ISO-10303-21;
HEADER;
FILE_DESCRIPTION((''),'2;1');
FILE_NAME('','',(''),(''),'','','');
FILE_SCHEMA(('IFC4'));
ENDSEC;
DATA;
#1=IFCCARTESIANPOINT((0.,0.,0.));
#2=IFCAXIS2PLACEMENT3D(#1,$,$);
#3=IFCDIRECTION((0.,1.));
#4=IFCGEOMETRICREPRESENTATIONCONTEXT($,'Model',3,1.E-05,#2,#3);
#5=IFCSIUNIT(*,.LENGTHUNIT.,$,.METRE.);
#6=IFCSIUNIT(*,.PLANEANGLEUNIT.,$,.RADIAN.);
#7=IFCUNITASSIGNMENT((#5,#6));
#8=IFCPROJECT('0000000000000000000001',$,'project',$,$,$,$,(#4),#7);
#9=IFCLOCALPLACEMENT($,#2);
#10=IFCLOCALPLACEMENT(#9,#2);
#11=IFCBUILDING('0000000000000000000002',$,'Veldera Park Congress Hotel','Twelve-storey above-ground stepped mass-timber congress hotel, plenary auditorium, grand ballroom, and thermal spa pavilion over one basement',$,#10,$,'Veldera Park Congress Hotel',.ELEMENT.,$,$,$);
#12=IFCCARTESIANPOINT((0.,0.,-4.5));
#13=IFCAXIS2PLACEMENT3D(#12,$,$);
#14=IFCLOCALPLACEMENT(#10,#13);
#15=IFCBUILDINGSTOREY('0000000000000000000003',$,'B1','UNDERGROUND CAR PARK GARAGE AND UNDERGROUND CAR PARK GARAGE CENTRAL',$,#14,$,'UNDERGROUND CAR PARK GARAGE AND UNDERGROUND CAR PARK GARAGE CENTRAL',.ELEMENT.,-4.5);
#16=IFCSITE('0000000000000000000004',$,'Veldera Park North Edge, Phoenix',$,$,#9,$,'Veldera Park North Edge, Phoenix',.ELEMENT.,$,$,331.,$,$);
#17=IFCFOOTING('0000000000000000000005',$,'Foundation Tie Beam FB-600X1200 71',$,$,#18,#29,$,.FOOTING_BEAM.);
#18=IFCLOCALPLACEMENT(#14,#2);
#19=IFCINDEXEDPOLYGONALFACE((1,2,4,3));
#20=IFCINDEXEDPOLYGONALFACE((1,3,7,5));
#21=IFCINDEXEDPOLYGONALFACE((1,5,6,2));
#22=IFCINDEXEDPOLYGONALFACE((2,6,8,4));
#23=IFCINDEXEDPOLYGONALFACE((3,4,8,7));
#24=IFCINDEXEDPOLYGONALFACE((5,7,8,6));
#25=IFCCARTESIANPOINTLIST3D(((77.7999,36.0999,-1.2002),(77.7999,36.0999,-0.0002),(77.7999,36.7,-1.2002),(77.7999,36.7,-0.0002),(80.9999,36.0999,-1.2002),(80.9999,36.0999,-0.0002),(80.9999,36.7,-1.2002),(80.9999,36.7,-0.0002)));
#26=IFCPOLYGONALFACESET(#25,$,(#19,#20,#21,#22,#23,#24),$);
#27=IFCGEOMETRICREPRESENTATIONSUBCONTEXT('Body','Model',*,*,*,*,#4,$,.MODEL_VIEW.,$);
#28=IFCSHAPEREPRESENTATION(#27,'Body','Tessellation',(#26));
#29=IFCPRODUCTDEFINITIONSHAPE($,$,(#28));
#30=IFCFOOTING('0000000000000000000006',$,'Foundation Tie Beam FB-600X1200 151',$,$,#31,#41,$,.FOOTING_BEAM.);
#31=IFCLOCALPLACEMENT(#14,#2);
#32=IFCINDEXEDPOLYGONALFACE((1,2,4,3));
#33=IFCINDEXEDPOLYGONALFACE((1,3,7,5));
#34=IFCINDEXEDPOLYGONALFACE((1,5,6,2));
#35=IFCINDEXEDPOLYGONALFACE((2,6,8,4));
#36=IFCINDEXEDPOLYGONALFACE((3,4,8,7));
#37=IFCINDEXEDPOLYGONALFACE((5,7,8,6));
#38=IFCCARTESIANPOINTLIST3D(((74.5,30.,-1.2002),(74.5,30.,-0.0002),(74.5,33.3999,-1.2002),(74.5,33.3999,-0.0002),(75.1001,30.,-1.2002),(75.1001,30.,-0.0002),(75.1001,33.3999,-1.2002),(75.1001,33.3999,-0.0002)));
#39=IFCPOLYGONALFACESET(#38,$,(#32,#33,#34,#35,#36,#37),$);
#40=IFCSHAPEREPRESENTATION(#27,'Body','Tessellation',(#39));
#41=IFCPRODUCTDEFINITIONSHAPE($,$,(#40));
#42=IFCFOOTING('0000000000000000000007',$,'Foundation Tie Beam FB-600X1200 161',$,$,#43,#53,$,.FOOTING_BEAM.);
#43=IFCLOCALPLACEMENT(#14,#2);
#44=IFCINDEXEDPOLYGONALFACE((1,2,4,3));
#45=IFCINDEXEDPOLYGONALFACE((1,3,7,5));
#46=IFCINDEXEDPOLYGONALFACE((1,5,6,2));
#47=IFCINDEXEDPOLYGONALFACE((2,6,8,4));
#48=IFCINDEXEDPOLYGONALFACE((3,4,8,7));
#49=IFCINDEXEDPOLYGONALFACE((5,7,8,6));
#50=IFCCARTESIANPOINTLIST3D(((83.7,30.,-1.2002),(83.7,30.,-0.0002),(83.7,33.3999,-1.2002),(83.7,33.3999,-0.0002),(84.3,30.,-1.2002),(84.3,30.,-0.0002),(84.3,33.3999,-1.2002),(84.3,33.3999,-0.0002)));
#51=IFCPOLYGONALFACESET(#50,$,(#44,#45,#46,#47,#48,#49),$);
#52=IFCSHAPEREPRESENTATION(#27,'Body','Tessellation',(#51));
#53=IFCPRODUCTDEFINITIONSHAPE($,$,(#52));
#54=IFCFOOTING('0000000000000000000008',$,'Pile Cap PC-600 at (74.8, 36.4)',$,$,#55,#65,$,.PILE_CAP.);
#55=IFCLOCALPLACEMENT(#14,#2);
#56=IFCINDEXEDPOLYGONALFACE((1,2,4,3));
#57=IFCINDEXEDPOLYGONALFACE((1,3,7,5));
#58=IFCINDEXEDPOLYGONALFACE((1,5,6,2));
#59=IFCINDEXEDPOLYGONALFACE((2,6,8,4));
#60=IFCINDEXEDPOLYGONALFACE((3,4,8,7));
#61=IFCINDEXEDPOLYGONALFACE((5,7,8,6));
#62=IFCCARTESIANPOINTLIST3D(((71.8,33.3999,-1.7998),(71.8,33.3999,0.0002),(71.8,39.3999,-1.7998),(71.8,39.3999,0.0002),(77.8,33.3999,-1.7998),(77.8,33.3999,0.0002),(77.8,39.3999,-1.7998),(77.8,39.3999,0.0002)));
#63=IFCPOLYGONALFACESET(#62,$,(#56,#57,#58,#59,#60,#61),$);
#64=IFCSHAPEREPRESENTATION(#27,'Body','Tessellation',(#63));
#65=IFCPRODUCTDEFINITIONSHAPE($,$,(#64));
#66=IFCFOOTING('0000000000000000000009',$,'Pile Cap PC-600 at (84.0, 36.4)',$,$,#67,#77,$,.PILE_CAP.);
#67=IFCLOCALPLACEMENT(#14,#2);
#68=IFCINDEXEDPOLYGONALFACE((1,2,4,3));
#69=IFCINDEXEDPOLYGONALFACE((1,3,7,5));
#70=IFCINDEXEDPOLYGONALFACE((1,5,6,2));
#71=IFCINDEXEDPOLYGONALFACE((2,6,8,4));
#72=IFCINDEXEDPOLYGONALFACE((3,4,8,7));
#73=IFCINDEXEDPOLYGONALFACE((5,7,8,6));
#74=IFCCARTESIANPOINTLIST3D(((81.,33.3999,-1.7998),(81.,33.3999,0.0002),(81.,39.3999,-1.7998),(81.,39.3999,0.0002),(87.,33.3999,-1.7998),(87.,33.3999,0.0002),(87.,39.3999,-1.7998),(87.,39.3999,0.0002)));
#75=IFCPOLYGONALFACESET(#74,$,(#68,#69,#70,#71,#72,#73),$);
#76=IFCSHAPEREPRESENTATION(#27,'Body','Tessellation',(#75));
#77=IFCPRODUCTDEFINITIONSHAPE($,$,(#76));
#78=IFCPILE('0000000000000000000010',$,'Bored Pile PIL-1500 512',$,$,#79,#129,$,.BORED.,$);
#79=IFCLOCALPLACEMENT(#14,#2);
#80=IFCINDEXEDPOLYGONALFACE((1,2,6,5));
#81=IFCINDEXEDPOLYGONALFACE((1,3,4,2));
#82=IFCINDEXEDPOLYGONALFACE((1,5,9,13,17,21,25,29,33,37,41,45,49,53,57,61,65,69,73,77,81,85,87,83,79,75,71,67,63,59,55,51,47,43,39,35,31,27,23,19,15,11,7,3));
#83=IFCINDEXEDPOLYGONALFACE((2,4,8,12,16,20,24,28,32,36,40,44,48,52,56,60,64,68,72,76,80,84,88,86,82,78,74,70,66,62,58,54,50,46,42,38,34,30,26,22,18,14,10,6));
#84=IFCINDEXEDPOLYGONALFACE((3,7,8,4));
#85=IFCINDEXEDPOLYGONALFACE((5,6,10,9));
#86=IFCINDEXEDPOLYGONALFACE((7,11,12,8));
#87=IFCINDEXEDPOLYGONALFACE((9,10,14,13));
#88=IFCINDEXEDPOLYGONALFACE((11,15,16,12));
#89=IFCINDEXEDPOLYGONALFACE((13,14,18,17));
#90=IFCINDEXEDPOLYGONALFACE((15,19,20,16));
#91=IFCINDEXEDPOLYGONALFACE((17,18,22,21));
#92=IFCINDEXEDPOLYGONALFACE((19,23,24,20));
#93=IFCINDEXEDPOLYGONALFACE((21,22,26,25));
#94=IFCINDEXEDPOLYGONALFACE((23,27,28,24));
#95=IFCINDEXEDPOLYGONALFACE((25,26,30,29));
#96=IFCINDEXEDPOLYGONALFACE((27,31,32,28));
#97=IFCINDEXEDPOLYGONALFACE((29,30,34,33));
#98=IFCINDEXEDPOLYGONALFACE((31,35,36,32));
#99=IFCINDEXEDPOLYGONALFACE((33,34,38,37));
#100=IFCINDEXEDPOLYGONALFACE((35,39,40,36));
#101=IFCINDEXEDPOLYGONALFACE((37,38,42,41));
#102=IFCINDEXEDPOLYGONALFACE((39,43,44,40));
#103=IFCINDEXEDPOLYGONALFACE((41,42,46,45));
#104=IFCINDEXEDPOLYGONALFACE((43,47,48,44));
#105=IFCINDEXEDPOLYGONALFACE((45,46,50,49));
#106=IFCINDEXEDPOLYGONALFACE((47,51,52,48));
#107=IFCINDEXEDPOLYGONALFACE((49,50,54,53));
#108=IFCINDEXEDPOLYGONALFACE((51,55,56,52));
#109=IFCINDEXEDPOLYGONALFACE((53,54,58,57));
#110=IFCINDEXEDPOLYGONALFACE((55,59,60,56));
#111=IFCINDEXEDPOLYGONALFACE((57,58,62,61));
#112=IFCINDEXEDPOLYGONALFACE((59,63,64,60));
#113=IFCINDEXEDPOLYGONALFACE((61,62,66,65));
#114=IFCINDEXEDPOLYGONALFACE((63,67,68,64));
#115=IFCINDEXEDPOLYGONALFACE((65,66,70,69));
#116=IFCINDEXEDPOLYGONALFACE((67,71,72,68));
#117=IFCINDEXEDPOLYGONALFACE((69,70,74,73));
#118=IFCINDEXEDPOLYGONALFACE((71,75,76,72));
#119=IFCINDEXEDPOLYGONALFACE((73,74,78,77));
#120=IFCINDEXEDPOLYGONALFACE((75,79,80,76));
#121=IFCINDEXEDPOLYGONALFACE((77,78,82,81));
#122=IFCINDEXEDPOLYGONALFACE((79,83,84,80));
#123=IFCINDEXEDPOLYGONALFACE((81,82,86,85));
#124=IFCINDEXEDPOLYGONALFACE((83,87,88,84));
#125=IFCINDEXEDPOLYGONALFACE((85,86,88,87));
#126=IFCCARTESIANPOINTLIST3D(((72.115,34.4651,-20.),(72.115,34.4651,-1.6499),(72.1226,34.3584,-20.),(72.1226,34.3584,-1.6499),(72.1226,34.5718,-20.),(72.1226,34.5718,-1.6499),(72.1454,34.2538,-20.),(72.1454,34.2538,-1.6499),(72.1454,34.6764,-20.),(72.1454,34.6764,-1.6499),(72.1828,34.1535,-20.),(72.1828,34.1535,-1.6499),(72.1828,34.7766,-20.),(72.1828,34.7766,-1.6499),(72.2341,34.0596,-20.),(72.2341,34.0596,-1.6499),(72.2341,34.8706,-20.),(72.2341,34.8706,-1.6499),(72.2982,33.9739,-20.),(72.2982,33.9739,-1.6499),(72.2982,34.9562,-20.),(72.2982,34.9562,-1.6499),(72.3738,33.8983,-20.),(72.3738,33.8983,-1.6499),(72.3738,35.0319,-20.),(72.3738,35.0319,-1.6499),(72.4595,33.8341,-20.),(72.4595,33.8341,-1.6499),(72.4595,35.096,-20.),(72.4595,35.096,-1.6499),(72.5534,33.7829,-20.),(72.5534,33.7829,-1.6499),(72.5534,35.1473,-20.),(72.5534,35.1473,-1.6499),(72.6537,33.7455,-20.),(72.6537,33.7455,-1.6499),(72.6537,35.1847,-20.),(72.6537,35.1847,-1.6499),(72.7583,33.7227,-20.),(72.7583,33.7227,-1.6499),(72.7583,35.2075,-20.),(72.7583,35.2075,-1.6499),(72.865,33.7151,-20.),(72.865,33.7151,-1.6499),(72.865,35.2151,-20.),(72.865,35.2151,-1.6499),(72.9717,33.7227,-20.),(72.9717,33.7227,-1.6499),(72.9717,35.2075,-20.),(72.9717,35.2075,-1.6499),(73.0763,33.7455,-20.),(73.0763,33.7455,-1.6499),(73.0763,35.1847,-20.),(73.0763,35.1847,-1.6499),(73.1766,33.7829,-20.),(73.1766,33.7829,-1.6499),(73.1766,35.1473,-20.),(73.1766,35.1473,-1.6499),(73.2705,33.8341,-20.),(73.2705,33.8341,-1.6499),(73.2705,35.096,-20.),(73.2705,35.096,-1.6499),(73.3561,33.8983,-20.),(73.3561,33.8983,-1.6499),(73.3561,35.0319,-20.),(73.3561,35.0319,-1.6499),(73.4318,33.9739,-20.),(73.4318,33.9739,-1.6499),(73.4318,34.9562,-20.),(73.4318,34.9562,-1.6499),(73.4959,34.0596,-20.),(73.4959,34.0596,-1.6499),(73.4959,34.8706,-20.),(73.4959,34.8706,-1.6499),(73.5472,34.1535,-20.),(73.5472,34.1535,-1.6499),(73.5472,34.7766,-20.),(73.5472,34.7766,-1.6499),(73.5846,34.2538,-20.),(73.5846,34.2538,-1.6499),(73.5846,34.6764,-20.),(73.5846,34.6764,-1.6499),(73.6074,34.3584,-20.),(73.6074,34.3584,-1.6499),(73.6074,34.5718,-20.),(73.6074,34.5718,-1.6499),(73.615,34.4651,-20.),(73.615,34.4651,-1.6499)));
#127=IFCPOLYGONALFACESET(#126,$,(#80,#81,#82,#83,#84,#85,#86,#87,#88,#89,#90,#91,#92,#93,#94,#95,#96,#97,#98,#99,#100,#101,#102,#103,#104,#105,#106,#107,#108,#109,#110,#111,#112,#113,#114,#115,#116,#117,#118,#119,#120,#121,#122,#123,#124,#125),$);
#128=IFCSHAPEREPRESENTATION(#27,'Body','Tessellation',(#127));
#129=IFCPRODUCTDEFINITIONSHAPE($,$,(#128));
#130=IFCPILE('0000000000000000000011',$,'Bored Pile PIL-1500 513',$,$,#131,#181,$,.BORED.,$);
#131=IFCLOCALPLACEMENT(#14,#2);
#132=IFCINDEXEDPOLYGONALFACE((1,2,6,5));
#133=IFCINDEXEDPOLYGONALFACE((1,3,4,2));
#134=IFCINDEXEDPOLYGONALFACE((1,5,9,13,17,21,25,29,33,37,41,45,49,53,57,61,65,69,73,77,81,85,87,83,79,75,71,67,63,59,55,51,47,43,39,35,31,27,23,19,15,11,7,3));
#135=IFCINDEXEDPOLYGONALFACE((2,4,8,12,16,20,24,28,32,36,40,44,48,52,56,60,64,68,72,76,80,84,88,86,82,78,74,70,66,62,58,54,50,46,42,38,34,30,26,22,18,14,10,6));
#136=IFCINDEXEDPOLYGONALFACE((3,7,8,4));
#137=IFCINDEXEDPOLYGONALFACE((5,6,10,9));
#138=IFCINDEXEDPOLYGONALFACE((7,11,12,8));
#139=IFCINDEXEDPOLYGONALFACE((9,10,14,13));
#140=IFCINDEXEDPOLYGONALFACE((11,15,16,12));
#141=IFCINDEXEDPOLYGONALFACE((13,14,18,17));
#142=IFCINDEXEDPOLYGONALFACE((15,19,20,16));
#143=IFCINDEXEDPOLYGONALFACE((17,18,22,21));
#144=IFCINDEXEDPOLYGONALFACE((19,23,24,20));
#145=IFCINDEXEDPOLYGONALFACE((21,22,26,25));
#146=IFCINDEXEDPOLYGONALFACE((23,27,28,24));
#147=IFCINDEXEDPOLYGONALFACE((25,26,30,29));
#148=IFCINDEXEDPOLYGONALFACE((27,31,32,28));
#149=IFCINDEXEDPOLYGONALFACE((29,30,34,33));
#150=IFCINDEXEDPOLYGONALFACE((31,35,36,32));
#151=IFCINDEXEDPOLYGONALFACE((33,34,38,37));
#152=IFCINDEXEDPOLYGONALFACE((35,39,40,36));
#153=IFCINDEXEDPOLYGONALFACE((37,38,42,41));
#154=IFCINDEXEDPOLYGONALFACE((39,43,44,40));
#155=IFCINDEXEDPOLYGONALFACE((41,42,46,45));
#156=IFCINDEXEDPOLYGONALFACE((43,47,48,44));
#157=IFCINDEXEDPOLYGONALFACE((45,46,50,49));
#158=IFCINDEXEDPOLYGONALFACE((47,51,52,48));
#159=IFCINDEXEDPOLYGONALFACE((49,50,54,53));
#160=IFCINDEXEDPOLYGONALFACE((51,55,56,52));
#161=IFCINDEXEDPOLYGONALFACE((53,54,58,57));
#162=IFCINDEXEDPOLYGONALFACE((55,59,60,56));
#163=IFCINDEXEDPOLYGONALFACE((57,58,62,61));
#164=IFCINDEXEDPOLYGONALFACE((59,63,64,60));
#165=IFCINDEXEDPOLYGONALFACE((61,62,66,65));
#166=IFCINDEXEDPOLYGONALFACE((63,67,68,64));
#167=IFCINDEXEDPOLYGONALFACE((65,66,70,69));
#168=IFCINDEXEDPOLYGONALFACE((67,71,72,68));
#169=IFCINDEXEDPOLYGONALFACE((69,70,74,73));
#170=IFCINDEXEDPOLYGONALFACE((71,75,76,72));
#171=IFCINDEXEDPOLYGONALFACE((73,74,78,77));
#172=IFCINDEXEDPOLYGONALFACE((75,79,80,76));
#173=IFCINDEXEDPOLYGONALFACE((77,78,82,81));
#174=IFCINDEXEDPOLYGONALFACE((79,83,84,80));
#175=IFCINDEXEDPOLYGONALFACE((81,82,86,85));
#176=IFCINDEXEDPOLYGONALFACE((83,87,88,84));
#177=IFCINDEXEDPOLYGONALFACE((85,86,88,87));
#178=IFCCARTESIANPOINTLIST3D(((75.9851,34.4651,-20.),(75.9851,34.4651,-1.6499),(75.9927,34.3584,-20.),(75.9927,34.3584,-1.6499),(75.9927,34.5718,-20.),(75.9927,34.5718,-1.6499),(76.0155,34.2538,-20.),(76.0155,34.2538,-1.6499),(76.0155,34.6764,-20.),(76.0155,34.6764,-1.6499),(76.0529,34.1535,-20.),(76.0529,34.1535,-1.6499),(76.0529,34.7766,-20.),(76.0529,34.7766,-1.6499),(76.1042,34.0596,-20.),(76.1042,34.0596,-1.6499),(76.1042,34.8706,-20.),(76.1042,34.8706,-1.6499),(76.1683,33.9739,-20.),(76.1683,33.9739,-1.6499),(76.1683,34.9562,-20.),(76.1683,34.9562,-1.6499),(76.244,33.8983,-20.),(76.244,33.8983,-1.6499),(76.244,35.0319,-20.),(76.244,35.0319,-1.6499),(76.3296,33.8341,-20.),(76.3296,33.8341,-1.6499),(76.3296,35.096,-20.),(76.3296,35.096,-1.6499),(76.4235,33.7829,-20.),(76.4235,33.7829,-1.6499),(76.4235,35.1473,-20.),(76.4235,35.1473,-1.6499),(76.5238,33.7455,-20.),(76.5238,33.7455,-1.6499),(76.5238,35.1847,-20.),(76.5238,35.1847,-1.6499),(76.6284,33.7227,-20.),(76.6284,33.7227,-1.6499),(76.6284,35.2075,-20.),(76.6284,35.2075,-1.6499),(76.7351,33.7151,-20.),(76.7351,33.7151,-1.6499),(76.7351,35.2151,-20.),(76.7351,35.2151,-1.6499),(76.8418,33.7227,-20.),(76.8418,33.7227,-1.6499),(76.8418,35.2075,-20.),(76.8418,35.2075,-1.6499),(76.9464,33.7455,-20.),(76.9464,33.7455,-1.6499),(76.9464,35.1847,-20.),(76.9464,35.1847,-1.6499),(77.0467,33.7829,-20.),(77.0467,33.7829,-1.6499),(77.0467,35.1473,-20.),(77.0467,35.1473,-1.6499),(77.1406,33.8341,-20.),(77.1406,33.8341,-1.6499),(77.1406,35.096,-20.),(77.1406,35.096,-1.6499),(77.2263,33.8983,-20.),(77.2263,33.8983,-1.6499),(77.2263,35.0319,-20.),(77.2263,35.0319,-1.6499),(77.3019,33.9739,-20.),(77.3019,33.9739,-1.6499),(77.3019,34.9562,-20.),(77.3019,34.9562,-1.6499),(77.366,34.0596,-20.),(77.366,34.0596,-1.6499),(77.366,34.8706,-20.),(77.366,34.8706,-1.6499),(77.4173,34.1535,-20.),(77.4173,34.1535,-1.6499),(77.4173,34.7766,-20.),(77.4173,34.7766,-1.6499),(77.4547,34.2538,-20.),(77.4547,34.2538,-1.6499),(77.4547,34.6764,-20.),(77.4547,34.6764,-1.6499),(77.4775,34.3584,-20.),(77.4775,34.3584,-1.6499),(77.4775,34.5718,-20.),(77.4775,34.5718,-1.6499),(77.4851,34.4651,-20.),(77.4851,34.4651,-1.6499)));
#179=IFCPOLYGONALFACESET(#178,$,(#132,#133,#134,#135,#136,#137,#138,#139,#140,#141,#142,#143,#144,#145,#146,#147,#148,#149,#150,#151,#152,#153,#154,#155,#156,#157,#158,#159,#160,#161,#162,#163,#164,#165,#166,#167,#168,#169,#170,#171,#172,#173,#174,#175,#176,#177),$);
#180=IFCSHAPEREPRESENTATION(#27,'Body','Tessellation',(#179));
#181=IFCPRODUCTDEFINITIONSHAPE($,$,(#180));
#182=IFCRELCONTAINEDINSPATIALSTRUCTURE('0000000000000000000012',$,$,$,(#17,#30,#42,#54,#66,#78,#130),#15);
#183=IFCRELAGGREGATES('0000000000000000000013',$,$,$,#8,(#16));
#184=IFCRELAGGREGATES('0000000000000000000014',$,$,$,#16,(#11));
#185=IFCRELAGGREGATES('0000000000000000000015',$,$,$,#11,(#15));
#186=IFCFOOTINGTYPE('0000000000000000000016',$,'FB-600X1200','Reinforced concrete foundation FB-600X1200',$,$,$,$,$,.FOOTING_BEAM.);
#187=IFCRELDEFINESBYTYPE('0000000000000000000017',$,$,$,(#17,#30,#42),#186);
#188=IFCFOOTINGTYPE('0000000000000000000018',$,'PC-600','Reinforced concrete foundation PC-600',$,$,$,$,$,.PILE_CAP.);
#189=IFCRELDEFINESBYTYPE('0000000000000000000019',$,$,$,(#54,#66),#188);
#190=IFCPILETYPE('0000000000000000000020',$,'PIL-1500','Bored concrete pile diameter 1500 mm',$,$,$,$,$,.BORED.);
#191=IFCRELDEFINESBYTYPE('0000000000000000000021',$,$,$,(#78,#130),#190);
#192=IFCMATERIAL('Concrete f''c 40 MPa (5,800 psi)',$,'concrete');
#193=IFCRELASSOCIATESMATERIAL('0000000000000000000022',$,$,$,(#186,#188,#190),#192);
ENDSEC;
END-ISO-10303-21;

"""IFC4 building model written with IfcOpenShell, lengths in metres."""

from ifc_helpers import new_model, si_unit, direction, frame, origin, origin_2d, place, context, subcontext, project, spatial, rectangle, circle, extrude, material, material_profile, profile_set, type_object, element, save


model = new_model("IFC4")

# Units and contexts
model_context = context("Model", 3, precision=1e-05, world=origin(), true_north=direction((0.0, 1.0)))
body_context = subcontext(model_context, "Body", "Model", "MODEL_VIEW")
ifc_project = project(units=[si_unit("LENGTHUNIT", "METRE"), si_unit("PLANEANGLEUNIT", "RADIAN")], contexts=[model_context])

# Site, building, storey
site_placement = place(None, origin())
site = spatial("IfcSite", under=ifc_project, at=site_placement, Name="Veldera Park North Edge, Phoenix", LongName="Veldera Park North Edge, Phoenix", CompositionType="ELEMENT", RefElevation=331.0)
building_placement = place(site_placement, origin())
building = spatial("IfcBuilding", under=site, at=building_placement, Name="Veldera Park Congress Hotel", Description="Twelve-storey above-ground stepped mass-timber congress hotel, plenary auditorium, grand ballroom, and thermal spa pavilion over one basement", LongName="Veldera Park Congress Hotel", CompositionType="ELEMENT")
storey_placement = place(building_placement, frame((0.0, 0.0, -4.5)))
storey = spatial("IfcBuildingStorey", under=building, at=storey_placement, Name="B1", Description="UNDERGROUND CAR PARK GARAGE AND UNDERGROUND CAR PARK GARAGE CENTRAL", LongName="UNDERGROUND CAR PARK GARAGE AND UNDERGROUND CAR PARK GARAGE CENTRAL", CompositionType="ELEMENT", Elevation=-4.5)

# Footings
ifc_material_1 = material(Name="Concrete f'c 40 MPa (5,800 psi)", Category="concrete")
footing_type_1 = type_object("IfcFootingType", Name="FB-600X1200", Description="Reinforced concrete foundation FB-600X1200", PredefinedType="FOOTING_BEAM", material=ifc_material_1)
footing_placement = place(storey_placement, frame((79.3999, 36.3999, -1.2002), z_axis=(0.0, 0.0, 1.0), x_axis=(1.0, 0.0, 0.0)))
element("IfcFooting", 1, at=footing_placement, inside=storey, type_object=footing_type_1, Name="Foundation Tie Beam FB-600X1200 71", PredefinedType="FOOTING_BEAM", context=body_context, shape_type="SweptSolid", body=[
    extrude(rectangle(XDim=3.2, YDim=0.6001, at=origin_2d()), origin(), (0.0, 0.0, 1.0), 1.2),
])
for number, where, z_axis, x_axis, name in (
    (2, (74.8, 31.7, -1.2002), (0.0, 0.0, 1.0), (0.0, 1.0, 0.0), "Foundation Tie Beam FB-600X1200 151"),
    (3, (84.0, 31.7, -1.2002), (0.0, 0.0, 1.0), (0.0, 1.0, 0.0), "Foundation Tie Beam FB-600X1200 161"),
):
    element("IfcFooting", number, at=place(storey_placement, frame(where, z_axis=z_axis, x_axis=x_axis)), inside=storey, type_object=footing_type_1, Name=name, PredefinedType="FOOTING_BEAM", context=body_context, shape_type="SweptSolid", body=[
        extrude(rectangle(XDim=3.3999, YDim=0.6001, at=origin_2d()), origin(), (0.0, 0.0, 1.0), 1.2),
    ])
footing_type_2 = type_object("IfcFootingType", Name="PC-600", Description="Reinforced concrete foundation PC-600", PredefinedType="PILE_CAP", material=ifc_material_1)
for number, where, z_axis, x_axis, name in (
    (4, (74.8, 36.3999, -1.7998), (0.0, 0.0, 1.0), (1.0, 0.0, 0.0), "Pile Cap PC-600 at (74.8, 36.4)"),
    (5, (84.0, 36.3999, -1.7998), (0.0, 0.0, 1.0), (1.0, 0.0, 0.0), "Pile Cap PC-600 at (84.0, 36.4)"),
):
    element("IfcFooting", number, at=place(storey_placement, frame(where, z_axis=z_axis, x_axis=x_axis)), inside=storey, type_object=footing_type_2, Name=name, PredefinedType="PILE_CAP", context=body_context, shape_type="SweptSolid", body=[
        extrude(rectangle(XDim=6.0, YDim=6.0, at=origin_2d()), origin(), (0.0, 0.0, 1.0), 1.8),
    ])

# Piles
ifc_material_profile_1 = material_profile(ifc_material_1, circle(Radius=0.75, at=origin_2d()), Name="PILE D1500")
ifc_profile_set_1 = profile_set([ifc_material_profile_1], Name="Concrete f'c 40 MPa (5,800 psi)")
pile_type = type_object("IfcPileType", Name="PIL-1500", Description="Bored concrete pile diameter 1500 mm", PredefinedType="BORED", material=ifc_profile_set_1)
for number, where, z_axis, x_axis, name in (
    (6, (72.865, 34.4651, -1.6499), (0.0, 0.0, -1.0), (1.0, 0.0, 0.0), "Bored Pile PIL-1500 512"),
    (7, (76.7351, 34.4651, -1.6499), (0.0, 0.0, -1.0), (1.0, 0.0, 0.0), "Bored Pile PIL-1500 513"),
):
    element("IfcPile", number, at=place(storey_placement, frame(where, z_axis=z_axis, x_axis=x_axis)), inside=storey, type_object=pile_type, Name=name, PredefinedType="BORED", context=body_context, shape_type="SweptSolid", body=[
        extrude(circle(Radius=0.75, at=origin_2d()), origin(), (0.0, 0.0, 1.0), 18.3501),
    ])

save(model, "model.ifc")
